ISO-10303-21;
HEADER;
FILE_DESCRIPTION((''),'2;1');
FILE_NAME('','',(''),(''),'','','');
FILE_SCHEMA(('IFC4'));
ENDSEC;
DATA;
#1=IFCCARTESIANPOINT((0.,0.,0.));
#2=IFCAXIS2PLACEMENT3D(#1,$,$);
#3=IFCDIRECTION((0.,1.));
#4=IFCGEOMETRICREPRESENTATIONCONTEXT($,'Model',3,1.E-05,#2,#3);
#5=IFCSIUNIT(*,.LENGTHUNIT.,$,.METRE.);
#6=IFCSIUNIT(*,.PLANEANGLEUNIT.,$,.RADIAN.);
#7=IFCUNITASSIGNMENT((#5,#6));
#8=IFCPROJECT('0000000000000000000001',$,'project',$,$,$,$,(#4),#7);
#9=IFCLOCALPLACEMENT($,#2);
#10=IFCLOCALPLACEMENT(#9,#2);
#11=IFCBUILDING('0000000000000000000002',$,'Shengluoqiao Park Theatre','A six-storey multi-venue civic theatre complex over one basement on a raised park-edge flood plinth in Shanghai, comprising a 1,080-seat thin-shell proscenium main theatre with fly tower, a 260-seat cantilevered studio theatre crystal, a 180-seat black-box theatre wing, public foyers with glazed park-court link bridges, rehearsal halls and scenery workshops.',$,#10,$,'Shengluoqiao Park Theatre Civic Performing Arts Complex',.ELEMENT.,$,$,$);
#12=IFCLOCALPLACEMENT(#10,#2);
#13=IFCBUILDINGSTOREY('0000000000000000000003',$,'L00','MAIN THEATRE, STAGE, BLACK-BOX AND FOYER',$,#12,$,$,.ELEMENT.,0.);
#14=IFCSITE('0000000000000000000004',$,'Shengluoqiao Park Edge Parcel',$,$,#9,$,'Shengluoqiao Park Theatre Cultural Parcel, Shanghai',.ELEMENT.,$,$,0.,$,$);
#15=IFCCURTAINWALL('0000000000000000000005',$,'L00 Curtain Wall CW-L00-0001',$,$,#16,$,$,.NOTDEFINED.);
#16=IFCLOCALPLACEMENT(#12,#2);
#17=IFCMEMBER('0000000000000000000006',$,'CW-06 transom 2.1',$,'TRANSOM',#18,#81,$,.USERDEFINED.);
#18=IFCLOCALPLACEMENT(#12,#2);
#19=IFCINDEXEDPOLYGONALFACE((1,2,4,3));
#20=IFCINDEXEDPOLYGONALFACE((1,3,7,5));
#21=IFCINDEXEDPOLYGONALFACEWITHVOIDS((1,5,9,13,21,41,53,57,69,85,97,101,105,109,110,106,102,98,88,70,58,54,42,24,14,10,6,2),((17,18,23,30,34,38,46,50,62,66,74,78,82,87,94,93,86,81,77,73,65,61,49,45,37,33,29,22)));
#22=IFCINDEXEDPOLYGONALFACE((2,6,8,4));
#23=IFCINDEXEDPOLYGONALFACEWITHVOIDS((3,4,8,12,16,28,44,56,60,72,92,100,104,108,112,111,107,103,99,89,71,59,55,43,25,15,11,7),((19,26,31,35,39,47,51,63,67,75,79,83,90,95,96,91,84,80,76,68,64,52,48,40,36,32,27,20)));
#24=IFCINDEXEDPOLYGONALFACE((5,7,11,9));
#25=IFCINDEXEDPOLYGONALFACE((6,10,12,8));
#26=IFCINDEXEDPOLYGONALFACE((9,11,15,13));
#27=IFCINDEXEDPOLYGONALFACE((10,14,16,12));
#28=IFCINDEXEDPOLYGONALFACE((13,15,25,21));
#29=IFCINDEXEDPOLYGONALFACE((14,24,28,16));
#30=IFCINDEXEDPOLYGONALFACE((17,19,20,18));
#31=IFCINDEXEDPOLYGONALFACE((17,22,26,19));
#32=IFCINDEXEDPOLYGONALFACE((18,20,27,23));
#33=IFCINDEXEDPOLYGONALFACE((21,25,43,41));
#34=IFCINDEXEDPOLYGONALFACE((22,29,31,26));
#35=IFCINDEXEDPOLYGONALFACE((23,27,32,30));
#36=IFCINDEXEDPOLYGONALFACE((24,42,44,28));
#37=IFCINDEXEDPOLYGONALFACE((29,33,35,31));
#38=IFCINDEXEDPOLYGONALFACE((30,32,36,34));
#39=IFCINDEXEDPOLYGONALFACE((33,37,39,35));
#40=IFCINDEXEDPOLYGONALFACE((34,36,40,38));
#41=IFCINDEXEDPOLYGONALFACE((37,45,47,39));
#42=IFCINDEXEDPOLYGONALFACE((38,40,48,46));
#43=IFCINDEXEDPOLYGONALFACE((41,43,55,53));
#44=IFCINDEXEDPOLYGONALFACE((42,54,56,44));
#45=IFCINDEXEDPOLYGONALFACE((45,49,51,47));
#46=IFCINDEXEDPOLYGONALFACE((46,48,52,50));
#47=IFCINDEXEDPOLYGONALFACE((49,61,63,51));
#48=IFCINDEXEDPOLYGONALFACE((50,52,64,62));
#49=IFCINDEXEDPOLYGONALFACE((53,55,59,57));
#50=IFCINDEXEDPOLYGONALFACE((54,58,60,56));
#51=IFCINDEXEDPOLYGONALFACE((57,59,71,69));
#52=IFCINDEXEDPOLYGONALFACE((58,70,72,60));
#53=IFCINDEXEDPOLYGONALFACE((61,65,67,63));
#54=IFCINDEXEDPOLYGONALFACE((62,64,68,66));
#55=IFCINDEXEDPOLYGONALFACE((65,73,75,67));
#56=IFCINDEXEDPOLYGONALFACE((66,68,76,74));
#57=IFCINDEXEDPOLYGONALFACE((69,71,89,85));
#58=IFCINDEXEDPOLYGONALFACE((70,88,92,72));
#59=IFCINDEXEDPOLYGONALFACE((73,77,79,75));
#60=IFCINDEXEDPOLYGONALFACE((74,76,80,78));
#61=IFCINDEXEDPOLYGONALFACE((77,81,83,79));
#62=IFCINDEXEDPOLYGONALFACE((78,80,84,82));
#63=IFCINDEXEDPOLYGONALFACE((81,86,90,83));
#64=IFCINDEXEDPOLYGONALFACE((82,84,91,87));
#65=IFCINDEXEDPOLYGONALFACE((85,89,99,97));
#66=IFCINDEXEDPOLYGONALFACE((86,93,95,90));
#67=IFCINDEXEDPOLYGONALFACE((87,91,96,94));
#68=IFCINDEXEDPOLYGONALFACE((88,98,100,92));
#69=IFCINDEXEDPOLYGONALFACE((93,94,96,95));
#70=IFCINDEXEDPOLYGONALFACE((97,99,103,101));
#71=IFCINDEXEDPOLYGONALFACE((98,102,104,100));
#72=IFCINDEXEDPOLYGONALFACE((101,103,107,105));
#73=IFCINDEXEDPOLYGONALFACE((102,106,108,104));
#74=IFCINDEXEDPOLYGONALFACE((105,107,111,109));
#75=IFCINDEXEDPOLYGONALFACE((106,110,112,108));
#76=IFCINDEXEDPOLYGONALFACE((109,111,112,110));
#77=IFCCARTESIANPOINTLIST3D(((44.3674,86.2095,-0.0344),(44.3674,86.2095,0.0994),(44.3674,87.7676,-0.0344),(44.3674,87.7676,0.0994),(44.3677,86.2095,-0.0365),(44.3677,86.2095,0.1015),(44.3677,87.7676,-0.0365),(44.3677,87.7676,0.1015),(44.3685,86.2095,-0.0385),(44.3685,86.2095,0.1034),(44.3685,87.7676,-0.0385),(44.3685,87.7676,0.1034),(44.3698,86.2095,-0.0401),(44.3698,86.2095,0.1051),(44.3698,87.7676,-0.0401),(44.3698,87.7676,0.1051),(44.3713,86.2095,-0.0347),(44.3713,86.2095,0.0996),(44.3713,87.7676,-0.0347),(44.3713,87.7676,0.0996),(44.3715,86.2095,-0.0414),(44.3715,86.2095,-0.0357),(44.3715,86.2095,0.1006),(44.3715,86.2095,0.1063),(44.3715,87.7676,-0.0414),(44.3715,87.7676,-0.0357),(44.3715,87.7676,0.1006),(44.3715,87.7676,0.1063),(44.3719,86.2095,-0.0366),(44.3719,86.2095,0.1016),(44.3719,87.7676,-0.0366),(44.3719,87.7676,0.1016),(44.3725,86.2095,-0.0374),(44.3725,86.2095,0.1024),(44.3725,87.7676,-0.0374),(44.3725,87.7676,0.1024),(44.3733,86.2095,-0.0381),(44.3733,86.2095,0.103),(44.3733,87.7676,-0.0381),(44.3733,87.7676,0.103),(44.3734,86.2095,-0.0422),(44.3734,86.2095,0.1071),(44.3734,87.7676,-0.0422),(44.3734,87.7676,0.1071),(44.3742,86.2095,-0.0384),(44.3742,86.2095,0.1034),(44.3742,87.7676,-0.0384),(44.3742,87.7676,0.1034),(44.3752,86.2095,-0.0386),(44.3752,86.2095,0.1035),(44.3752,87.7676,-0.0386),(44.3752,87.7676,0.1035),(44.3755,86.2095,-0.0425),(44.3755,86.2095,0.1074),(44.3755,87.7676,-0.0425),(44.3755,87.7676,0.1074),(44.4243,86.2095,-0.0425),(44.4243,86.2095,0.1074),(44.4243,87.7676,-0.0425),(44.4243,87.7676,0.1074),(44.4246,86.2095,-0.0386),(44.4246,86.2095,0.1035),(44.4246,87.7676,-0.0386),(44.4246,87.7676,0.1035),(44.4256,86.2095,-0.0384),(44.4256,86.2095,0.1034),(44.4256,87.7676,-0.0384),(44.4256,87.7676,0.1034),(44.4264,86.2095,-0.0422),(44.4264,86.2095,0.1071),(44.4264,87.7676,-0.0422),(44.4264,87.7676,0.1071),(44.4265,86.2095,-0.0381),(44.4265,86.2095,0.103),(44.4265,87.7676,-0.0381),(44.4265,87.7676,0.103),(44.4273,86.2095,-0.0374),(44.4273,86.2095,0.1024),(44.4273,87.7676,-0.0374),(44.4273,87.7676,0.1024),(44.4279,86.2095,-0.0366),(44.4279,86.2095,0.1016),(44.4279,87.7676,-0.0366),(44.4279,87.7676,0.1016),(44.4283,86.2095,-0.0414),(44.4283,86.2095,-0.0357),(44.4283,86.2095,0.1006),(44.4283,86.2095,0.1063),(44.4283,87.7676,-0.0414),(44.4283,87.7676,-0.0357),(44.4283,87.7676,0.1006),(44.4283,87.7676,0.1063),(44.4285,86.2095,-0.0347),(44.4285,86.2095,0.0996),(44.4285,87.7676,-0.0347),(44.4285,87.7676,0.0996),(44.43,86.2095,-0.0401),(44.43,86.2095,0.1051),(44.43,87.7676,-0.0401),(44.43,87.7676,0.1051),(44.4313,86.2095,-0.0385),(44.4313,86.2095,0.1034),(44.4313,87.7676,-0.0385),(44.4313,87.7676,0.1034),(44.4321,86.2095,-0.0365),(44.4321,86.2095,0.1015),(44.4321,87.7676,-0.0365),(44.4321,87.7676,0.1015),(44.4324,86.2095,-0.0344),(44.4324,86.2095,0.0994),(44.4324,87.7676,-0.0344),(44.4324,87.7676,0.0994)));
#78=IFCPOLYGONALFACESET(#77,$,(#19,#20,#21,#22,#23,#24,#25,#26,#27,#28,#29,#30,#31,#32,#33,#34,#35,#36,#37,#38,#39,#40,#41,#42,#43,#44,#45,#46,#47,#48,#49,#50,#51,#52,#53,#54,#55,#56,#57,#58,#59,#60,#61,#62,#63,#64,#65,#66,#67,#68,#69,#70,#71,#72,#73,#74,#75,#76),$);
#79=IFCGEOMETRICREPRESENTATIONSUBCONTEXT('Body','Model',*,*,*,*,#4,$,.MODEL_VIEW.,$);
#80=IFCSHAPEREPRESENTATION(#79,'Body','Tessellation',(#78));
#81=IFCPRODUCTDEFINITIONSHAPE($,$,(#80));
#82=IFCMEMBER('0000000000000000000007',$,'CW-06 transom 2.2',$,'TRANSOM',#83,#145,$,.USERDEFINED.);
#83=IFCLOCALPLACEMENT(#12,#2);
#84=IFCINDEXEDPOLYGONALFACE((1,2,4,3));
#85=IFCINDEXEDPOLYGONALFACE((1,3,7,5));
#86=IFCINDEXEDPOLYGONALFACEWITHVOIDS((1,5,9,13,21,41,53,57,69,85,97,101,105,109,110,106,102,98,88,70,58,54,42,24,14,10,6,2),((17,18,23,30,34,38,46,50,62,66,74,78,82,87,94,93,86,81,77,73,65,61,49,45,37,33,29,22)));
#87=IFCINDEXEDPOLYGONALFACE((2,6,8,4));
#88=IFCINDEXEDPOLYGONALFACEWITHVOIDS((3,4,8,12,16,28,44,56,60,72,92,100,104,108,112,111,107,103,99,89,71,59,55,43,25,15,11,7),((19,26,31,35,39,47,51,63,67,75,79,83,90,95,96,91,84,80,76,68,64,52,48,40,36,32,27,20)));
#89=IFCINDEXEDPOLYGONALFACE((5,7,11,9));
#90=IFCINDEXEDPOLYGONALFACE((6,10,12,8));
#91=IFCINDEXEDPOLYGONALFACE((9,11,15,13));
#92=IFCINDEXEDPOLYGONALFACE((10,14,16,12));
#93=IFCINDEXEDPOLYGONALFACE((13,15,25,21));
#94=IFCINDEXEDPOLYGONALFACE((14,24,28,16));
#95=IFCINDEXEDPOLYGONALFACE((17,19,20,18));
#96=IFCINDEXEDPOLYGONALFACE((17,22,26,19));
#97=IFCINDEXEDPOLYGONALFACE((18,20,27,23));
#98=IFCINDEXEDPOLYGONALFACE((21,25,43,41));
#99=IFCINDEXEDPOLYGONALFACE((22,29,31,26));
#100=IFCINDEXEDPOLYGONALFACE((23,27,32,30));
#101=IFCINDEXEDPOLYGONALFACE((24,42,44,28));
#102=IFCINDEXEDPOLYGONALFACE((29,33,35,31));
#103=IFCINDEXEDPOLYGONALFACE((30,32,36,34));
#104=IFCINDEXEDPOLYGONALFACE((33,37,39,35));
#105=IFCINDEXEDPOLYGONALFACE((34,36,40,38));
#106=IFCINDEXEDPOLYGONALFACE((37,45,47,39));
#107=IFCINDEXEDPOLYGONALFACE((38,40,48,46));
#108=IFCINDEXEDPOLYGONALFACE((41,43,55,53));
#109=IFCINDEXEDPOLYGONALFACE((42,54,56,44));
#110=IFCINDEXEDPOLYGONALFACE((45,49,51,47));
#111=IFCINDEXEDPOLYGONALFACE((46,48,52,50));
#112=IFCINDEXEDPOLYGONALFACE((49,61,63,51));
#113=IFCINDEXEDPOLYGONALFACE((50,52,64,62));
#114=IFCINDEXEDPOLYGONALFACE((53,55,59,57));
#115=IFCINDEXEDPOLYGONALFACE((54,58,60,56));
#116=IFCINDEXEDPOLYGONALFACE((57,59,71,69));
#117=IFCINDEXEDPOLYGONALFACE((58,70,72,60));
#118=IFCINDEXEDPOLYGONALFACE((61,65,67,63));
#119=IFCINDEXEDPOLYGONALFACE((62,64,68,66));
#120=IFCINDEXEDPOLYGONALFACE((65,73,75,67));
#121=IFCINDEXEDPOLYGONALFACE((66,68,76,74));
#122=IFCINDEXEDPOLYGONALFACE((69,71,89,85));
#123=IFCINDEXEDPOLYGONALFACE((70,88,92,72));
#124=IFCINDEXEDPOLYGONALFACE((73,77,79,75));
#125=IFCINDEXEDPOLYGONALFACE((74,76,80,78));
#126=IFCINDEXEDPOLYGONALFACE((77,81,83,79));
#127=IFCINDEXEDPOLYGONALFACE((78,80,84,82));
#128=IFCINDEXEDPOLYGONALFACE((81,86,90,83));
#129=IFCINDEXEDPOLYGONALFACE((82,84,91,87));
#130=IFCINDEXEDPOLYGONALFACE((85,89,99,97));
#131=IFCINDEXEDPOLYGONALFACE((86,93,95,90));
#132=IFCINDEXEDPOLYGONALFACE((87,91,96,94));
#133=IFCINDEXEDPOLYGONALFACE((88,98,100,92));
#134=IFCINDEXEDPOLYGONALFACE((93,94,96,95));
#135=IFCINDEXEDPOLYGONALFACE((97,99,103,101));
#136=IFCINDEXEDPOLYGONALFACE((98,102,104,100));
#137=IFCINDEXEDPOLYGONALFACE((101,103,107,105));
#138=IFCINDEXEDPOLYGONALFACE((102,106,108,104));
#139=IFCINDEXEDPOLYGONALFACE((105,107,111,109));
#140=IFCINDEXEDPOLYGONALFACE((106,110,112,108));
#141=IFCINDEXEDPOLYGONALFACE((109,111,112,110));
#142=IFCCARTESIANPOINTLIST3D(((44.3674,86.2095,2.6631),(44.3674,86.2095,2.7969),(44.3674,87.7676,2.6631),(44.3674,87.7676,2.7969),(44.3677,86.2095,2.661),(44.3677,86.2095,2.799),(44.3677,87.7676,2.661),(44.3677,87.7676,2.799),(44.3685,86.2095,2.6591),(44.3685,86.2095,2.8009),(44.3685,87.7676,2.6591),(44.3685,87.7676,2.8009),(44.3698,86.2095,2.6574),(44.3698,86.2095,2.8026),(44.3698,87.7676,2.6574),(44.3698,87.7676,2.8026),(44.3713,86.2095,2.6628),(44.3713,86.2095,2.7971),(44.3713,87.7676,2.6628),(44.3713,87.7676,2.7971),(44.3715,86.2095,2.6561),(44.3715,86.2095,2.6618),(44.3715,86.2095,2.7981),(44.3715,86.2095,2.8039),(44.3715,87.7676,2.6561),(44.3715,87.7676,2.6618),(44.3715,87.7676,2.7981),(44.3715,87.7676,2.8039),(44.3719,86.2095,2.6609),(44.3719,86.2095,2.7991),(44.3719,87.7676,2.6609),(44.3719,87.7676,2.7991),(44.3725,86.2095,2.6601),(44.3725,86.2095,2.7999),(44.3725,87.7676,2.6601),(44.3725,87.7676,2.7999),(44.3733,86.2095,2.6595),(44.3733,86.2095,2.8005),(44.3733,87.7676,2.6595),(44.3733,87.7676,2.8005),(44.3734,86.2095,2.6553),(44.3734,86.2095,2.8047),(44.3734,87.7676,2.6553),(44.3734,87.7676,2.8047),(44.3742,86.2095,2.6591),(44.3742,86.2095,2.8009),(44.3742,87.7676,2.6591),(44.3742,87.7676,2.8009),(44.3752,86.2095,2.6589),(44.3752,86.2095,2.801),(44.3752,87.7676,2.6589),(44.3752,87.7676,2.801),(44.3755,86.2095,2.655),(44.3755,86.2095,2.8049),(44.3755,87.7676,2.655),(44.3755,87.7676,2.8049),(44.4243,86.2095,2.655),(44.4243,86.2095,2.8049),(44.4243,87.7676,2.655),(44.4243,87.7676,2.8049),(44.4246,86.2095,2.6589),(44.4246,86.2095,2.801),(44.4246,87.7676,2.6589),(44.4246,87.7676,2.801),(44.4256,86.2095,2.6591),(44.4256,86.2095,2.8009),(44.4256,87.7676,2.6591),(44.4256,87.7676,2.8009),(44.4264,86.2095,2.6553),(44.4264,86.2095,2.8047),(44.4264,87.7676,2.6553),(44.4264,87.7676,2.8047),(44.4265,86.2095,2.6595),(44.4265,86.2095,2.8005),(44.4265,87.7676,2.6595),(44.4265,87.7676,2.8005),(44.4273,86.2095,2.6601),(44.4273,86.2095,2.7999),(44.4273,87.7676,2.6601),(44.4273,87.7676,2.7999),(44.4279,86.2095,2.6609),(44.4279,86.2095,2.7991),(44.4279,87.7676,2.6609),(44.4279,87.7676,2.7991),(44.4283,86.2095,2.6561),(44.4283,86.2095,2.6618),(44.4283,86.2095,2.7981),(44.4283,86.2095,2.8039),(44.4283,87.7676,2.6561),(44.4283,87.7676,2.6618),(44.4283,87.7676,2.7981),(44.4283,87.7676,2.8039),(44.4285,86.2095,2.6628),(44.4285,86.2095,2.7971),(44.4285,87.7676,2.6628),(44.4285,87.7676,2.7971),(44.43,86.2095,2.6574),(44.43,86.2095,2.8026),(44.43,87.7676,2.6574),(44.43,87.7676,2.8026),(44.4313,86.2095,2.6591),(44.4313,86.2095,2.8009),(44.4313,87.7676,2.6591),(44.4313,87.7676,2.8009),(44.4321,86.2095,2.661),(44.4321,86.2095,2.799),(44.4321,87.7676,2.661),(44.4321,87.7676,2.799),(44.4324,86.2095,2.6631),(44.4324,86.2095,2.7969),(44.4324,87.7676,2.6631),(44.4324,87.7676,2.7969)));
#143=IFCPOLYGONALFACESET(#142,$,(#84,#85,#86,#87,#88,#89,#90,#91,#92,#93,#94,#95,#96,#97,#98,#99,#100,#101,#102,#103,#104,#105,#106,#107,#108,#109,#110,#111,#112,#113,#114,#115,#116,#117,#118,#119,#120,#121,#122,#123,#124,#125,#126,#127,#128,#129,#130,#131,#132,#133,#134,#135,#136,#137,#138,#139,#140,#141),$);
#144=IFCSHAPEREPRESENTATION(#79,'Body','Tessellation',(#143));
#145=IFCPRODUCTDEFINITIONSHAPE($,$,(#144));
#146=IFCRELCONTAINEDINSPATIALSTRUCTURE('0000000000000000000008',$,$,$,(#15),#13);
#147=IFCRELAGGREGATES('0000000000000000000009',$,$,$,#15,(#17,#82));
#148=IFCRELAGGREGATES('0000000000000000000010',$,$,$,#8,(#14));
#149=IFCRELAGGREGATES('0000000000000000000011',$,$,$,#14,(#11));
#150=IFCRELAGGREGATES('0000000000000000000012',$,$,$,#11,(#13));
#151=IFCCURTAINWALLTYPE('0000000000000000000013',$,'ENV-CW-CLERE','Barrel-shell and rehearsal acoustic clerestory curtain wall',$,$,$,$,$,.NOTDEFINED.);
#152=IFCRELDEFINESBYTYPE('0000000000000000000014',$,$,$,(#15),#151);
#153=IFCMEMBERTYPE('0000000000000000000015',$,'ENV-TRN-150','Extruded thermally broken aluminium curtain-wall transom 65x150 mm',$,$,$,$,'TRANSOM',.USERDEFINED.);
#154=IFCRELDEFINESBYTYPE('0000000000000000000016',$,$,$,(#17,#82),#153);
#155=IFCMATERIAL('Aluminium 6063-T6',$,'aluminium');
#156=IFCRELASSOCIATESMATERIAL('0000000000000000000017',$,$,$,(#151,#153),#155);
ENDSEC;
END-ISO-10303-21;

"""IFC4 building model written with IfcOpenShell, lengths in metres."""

from ifc_helpers import new_model, si_unit, direction, frame, origin, origin_2d, place, context, subcontext, project, spatial, hollow_rectangle, extrude, material, material_profile, profile_set, type_object, element, aggregate, save


model = new_model("IFC4")

# Units and contexts
model_context = context("Model", 3, precision=1e-05, world=origin(), true_north=direction((0.0, 1.0)))
body_context = subcontext(model_context, "Body", "Model", "MODEL_VIEW")
ifc_project = project(units=[si_unit("LENGTHUNIT", "METRE"), si_unit("PLANEANGLEUNIT", "RADIAN")], contexts=[model_context])

# Site, building, storey
site_placement = place(None, origin())
site = spatial("IfcSite", under=ifc_project, at=site_placement, Name="Shengluoqiao Park Edge Parcel", LongName="Shengluoqiao Park Theatre Cultural Parcel, Shanghai", CompositionType="ELEMENT", RefElevation=0.0)
building_placement = place(site_placement, origin())
building = spatial("IfcBuilding", under=site, at=building_placement, Name="Shengluoqiao Park Theatre", Description="A six-storey multi-venue civic theatre complex over one basement on a raised park-edge flood plinth in Shanghai, comprising a 1,080-seat thin-shell proscenium main theatre with fly tower, a 260-seat cantilevered studio theatre crystal, a 180-seat black-box theatre wing, public foyers with glazed park-court link bridges, rehearsal halls and scenery workshops.", LongName="Shengluoqiao Park Theatre Civic Performing Arts Complex", CompositionType="ELEMENT")
storey_placement = place(building_placement, origin())
storey = spatial("IfcBuildingStorey", under=building, at=storey_placement, Name="L00", Description="MAIN THEATRE, STAGE, BLACK-BOX AND FOYER", CompositionType="ELEMENT", Elevation=0.0)

# Curtain wall, members
ifc_material_1 = material(Name="Aluminium 6063-T6", Category="aluminium")
curtain_wall_type = type_object("IfcCurtainWallType", Name="ENV-CW-CLERE", Description="Barrel-shell and rehearsal acoustic clerestory curtain wall", PredefinedType="NOTDEFINED", material=ifc_material_1)
curtain_wall_placement = place(storey_placement, origin())
curtain_wall = element("IfcCurtainWall", 1, at=curtain_wall_placement, inside=storey, type_object=curtain_wall_type, Name="L00 Curtain Wall CW-L00-0001", PredefinedType="NOTDEFINED")
ifc_material_profile_1 = material_profile(ifc_material_1, hollow_rectangle(XDim=0.0649, YDim=0.1499, WallThickness=0.0039, InnerFilletRadius=0.0039, OuterFilletRadius=0.0081, at=origin_2d()), Name="ALU TRANSOM 150x65x4")
ifc_profile_set_1 = profile_set([ifc_material_profile_1], Name="Aluminium 6063-T6")
member_type_1 = type_object("IfcMemberType", Name="ENV-TRN-150", Description="Extruded thermally broken aluminium curtain-wall transom 65x150 mm", ElementType="TRANSOM", PredefinedType="USERDEFINED", material=ifc_profile_set_1)
member_1_placement = place(storey_placement, frame((44.3999, 86.2095, 0.0325), z_axis=(0.0, 1.0, 0.0), x_axis=(-1.0, 0.0, 0.0)))
member_1 = element("IfcMember", 2, at=member_1_placement, type_object=member_type_1, Name="CW-06 transom 2.1", ObjectType="TRANSOM", PredefinedType="USERDEFINED", context=body_context, shape_type="SweptSolid", body=[
    extrude(hollow_rectangle(XDim=0.0649, YDim=0.1499, WallThickness=0.0039, InnerFilletRadius=0.0039, OuterFilletRadius=0.0081, at=origin_2d()), origin(), (0.0, 0.0, 1.0), 1.5581),
])
member_2_placement = place(storey_placement, frame((44.3999, 86.2095, 2.73), z_axis=(0.0, 1.0, 0.0), x_axis=(-1.0, 0.0, 0.0)))
member_2 = element("IfcMember", 3, at=member_2_placement, type_object=member_type_1, Name="CW-06 transom 2.2", ObjectType="TRANSOM", PredefinedType="USERDEFINED", context=body_context, shape_type="SweptSolid", body=[
    extrude(hollow_rectangle(XDim=0.0649, YDim=0.1499, WallThickness=0.0039, InnerFilletRadius=0.0039, OuterFilletRadius=0.0081, at=origin_2d()), origin(), (0.0, 0.0, 1.0), 1.5581),
])

aggregate(curtain_wall, [member_1, member_2])

save(model, "model.ifc")
